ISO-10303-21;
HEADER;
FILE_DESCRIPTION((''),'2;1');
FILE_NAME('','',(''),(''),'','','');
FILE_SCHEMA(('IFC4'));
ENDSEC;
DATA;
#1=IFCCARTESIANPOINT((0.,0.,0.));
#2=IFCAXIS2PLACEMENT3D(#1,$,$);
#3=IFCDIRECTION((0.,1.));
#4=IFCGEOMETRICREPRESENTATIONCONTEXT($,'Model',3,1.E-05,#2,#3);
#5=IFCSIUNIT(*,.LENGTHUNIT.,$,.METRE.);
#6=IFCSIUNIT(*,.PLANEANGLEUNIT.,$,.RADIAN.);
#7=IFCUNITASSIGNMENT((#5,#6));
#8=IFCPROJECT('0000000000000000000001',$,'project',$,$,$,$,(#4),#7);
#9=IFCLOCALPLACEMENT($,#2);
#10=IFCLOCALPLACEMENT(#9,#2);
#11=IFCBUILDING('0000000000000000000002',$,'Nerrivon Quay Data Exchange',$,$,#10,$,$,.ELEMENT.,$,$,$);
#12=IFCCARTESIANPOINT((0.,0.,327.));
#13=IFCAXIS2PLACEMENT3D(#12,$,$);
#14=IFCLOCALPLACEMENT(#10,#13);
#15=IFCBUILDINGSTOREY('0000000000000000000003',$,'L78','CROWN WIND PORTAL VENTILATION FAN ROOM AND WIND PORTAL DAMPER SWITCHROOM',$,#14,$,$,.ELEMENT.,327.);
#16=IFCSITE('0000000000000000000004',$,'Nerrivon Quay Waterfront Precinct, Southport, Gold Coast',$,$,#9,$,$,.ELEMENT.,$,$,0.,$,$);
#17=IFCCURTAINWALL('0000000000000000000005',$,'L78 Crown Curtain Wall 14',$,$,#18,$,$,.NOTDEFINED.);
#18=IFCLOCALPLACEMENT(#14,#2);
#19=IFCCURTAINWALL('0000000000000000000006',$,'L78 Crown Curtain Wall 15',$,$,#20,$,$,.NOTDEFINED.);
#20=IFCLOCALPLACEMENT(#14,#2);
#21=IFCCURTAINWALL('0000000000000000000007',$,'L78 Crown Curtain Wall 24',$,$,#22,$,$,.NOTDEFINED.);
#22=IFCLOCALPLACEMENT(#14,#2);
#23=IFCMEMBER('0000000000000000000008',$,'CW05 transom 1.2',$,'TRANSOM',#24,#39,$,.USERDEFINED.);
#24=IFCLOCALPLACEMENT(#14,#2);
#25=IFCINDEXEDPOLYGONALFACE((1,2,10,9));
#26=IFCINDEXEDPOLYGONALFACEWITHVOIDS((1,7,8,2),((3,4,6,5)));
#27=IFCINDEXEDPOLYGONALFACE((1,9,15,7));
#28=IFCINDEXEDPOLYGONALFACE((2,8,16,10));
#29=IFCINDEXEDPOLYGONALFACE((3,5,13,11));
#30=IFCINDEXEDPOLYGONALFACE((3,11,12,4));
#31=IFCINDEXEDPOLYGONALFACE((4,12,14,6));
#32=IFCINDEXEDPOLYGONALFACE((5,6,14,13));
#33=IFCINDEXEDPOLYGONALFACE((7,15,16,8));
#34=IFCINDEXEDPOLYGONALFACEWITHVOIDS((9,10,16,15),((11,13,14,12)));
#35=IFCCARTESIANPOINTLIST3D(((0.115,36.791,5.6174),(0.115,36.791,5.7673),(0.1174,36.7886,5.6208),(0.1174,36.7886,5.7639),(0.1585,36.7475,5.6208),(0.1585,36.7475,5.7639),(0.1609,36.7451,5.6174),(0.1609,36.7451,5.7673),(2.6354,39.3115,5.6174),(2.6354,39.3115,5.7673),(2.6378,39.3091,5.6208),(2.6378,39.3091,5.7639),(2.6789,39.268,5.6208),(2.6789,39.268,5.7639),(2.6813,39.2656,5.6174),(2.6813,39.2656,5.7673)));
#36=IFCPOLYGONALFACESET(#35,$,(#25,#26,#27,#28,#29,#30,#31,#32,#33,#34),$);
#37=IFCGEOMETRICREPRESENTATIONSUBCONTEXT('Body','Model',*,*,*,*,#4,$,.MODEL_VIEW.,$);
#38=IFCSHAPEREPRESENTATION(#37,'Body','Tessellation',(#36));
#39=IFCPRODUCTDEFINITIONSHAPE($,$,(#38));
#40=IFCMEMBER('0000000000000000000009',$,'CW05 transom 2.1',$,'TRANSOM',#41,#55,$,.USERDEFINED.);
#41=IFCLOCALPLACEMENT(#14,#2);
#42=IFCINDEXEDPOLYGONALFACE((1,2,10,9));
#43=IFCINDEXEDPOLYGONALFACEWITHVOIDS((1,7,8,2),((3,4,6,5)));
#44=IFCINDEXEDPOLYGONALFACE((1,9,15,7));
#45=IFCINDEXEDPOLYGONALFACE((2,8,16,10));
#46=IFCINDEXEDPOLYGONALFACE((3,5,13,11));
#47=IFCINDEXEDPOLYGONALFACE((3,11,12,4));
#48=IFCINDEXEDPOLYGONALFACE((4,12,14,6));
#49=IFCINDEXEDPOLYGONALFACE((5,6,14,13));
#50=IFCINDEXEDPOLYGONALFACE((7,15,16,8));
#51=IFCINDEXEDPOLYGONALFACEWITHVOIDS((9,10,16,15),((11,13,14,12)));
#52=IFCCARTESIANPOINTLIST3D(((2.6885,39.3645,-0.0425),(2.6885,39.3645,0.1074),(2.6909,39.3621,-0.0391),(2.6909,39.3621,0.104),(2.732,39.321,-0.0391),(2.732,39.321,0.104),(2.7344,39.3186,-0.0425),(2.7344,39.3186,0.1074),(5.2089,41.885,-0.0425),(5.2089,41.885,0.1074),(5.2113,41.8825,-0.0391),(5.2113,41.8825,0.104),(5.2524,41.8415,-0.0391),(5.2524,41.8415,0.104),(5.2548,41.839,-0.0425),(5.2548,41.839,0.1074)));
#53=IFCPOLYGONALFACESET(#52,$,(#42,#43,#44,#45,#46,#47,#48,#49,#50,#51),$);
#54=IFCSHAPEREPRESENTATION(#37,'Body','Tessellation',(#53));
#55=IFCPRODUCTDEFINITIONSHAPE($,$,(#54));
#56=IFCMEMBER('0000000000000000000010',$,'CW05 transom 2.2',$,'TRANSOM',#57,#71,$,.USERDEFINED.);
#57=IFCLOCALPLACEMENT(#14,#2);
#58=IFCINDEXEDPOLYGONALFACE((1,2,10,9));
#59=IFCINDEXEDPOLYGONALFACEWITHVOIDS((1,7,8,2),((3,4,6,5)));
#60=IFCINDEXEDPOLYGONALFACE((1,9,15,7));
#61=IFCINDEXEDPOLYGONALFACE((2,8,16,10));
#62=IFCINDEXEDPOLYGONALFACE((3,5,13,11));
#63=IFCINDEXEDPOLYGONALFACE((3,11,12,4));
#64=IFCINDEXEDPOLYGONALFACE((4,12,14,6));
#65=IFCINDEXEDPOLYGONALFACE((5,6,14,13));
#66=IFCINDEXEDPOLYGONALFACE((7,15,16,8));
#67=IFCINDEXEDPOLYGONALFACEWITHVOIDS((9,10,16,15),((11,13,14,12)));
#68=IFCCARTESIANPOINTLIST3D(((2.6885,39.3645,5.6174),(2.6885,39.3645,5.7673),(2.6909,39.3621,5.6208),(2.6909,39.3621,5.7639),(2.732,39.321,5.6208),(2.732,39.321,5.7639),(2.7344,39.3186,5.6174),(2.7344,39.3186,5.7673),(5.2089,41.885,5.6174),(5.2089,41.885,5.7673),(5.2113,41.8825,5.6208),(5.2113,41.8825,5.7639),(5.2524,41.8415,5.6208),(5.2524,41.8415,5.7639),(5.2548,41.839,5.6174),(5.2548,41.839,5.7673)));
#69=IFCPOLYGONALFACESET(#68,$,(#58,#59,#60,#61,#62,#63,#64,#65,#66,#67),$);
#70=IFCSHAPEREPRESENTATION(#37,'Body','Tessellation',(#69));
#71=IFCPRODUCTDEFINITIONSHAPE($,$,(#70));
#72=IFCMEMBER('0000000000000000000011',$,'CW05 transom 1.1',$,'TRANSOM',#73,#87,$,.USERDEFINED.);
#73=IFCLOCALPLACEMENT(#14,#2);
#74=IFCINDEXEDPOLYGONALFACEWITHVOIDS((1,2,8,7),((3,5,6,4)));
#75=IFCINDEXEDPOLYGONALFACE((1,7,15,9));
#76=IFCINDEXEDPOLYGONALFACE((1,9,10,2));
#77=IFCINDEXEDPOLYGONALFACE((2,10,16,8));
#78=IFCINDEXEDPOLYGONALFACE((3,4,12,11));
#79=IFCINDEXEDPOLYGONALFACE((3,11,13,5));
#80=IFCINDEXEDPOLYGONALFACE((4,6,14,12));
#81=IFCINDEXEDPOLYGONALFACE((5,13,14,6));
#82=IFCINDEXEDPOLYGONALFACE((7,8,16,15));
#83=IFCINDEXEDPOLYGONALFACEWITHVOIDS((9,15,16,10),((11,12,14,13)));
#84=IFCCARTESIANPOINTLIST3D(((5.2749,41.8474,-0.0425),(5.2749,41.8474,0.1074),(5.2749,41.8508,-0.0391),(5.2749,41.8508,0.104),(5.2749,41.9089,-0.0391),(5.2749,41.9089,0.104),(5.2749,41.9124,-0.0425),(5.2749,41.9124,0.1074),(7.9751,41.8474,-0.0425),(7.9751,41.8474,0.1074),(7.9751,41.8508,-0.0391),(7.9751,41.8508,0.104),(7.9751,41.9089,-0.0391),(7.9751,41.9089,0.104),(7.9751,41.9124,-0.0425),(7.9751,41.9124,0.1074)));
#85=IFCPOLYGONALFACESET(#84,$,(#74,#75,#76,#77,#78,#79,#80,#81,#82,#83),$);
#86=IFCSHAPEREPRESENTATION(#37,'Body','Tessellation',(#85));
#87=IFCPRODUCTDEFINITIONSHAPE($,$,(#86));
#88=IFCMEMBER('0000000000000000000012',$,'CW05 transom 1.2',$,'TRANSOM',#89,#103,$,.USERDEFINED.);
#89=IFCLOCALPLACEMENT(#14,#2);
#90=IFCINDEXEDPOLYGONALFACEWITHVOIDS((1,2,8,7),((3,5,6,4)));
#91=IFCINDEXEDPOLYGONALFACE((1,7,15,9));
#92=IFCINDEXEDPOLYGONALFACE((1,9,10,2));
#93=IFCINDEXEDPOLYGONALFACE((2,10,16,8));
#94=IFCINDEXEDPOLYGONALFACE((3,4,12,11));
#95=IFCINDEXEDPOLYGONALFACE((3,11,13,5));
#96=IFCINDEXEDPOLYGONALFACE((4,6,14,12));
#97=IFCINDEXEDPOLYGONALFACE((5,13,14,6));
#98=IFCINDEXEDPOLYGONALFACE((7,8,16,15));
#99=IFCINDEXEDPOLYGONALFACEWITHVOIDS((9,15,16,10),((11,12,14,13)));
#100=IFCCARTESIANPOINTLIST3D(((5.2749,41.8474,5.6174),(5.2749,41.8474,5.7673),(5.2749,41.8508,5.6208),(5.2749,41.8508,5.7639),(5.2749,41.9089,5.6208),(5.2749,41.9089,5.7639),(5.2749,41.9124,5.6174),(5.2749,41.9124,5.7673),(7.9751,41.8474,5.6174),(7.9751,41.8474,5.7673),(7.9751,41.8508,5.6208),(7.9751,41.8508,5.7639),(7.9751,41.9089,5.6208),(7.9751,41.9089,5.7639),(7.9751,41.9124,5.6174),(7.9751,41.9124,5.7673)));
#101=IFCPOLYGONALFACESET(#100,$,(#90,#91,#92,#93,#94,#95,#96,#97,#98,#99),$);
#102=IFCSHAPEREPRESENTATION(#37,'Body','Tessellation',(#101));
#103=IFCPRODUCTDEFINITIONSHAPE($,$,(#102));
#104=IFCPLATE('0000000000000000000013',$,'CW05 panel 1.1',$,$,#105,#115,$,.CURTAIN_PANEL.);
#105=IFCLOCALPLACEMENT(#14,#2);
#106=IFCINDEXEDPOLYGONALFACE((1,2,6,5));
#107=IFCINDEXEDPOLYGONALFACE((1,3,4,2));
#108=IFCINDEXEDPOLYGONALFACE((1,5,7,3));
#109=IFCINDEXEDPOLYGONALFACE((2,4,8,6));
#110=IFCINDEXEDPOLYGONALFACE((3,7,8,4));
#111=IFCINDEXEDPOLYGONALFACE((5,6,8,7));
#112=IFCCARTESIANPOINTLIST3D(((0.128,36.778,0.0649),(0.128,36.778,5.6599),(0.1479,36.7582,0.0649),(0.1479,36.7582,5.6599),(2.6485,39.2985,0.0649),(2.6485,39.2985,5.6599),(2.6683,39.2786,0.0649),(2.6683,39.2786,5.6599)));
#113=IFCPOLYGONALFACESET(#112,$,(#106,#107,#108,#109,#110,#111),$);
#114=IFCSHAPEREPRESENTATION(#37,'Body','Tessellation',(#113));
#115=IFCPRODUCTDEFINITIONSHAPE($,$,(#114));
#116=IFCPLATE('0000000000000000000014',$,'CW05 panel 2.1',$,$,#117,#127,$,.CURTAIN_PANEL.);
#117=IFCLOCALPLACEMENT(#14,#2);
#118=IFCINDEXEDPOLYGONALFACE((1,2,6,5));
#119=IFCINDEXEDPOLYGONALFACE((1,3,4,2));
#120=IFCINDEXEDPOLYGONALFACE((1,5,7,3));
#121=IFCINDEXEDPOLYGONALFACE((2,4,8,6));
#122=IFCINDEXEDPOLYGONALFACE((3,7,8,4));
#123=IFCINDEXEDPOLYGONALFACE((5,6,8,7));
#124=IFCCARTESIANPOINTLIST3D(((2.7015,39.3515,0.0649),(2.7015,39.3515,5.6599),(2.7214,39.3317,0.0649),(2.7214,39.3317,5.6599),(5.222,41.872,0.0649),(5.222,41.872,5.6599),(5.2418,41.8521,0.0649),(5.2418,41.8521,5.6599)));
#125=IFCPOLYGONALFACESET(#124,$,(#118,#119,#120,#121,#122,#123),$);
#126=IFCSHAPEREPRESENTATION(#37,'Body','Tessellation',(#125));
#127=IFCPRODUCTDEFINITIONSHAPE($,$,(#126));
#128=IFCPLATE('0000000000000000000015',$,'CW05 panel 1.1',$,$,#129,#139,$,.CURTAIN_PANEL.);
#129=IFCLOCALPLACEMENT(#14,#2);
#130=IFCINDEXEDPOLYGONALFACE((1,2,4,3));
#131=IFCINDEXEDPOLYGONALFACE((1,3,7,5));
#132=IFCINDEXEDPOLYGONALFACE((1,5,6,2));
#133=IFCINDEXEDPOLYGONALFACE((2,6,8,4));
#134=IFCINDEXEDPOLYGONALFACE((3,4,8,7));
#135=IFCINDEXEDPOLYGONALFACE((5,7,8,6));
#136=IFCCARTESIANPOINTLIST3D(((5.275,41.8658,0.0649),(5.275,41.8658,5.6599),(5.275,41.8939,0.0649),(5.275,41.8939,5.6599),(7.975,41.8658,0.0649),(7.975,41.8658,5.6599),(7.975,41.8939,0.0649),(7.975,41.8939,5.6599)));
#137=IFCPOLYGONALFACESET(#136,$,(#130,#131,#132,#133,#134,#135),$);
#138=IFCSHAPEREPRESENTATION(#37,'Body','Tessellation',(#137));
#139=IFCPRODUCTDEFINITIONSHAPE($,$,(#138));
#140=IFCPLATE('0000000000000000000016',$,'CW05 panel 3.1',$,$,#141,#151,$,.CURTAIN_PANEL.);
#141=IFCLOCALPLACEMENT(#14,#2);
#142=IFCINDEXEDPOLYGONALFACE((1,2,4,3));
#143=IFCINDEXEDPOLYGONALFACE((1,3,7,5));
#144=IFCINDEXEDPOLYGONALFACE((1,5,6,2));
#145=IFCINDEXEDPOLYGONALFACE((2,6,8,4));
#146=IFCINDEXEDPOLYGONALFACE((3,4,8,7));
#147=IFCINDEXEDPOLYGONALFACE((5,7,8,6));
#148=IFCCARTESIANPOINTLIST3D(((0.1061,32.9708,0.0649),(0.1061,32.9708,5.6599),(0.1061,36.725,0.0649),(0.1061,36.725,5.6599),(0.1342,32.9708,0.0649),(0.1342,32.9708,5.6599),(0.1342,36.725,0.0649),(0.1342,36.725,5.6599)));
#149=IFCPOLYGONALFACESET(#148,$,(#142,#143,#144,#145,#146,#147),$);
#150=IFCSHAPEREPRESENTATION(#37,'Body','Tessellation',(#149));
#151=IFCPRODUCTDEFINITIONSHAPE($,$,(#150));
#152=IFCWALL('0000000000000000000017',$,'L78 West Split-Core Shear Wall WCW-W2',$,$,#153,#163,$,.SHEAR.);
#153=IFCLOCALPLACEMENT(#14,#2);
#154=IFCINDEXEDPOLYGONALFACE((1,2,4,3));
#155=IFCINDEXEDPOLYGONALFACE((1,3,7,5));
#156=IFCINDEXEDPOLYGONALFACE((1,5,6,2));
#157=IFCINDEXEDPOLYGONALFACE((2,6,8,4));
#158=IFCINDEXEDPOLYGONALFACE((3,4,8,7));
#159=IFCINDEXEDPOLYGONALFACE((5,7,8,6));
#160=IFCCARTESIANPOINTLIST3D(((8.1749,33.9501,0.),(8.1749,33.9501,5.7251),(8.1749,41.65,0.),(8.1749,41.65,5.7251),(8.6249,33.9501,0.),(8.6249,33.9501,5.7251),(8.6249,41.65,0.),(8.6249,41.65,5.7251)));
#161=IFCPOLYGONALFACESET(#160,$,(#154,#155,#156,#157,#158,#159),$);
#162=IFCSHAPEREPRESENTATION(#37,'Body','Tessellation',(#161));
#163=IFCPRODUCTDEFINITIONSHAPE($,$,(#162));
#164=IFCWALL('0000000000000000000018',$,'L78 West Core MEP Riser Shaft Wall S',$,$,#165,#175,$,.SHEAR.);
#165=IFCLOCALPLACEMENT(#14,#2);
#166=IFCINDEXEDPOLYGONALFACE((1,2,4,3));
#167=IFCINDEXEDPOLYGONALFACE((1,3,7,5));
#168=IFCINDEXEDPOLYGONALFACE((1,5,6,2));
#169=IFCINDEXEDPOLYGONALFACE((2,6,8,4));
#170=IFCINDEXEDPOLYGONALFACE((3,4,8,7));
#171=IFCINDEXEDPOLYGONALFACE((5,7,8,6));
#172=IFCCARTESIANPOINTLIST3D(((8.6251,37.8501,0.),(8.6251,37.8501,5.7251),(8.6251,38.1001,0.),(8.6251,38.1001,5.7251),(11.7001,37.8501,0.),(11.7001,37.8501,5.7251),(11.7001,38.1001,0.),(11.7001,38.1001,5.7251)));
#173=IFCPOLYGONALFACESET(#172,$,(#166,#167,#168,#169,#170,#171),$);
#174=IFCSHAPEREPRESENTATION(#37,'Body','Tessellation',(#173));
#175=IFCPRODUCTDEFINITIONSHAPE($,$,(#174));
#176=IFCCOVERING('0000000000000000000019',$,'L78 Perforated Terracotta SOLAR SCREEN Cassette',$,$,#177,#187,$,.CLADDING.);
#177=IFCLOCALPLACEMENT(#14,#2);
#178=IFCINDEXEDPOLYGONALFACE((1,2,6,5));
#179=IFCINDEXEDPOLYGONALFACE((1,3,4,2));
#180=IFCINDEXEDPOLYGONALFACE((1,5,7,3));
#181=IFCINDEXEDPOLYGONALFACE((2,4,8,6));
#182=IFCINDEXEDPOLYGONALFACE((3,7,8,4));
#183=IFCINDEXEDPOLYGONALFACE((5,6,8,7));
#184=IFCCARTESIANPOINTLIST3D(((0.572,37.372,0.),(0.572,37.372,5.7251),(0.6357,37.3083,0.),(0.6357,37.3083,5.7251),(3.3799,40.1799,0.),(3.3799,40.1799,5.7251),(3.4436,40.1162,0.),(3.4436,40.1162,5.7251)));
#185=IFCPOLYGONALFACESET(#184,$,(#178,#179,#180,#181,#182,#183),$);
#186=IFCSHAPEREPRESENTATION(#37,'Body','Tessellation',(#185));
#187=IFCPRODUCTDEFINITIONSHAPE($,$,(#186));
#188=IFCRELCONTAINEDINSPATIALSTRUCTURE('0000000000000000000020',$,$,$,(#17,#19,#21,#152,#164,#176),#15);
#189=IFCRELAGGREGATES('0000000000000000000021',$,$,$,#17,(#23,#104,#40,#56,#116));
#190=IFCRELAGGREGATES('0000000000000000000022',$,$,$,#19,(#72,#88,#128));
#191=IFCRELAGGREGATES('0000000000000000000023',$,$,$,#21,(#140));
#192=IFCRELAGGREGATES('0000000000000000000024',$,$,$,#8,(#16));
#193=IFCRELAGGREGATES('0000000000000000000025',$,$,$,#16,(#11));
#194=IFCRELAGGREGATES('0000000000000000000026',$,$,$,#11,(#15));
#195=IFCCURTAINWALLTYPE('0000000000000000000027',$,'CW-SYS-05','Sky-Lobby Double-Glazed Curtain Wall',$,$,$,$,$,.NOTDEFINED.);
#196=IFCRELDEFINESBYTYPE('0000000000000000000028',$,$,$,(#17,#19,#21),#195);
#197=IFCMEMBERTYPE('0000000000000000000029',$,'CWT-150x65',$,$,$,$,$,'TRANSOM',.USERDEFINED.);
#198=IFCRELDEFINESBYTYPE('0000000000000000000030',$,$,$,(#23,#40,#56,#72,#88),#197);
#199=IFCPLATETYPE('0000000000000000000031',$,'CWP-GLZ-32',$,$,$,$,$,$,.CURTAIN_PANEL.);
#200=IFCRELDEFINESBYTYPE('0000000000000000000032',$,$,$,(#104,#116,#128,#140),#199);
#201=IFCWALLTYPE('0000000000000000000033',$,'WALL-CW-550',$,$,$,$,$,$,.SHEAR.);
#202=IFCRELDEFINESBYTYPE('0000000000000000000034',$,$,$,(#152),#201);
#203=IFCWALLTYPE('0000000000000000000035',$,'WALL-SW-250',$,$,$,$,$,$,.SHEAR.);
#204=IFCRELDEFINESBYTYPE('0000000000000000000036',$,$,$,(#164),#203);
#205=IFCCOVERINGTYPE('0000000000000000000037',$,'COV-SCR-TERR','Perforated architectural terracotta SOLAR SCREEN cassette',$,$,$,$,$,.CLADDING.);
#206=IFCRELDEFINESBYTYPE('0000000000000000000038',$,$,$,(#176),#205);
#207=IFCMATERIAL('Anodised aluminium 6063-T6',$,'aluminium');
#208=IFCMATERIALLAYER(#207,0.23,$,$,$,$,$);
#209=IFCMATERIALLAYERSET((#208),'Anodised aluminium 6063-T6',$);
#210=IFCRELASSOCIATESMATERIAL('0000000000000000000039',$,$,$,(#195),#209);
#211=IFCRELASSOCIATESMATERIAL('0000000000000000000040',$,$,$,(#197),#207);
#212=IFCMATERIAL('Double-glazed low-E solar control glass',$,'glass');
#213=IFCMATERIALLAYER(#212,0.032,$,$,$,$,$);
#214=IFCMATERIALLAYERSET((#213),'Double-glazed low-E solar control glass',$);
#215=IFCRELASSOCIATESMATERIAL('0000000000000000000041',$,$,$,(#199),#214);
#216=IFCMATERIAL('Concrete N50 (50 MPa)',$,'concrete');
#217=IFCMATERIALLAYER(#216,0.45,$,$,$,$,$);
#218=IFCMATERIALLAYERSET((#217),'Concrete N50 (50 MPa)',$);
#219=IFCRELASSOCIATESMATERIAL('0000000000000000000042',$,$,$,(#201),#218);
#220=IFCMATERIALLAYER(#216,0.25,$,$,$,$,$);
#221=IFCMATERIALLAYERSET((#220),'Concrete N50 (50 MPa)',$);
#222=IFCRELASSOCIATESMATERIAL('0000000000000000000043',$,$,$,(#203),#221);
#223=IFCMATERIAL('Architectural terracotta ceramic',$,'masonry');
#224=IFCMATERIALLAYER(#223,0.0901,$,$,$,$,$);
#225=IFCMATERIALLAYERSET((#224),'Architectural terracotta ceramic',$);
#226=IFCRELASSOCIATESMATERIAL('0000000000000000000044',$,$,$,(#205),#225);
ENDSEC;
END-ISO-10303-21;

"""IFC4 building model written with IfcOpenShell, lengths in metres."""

from ifc_helpers import new_model, si_unit, direction, frame, frame_2d, origin, origin_2d, place, context, subcontext, project, spatial, rectangle, hollow_rectangle, extrude, material, layer, layer_set, material_profile, profile_set, type_object, element, aggregate, save


model = new_model("IFC4")

# Units and contexts
model_context = context("Model", 3, precision=1e-05, world=origin(), true_north=direction((0.0, 1.0)))
body_context = subcontext(model_context, "Body", "Model", "MODEL_VIEW")
ifc_project = project(units=[si_unit("LENGTHUNIT", "METRE"), si_unit("PLANEANGLEUNIT", "RADIAN")], contexts=[model_context])

# Site, building, storey
site_placement = place(None, origin())
site = spatial("IfcSite", under=ifc_project, at=site_placement, Name="Nerrivon Quay Waterfront Precinct, Southport, Gold Coast", CompositionType="ELEMENT", RefElevation=0.0)
building_placement = place(site_placement, origin())
building = spatial("IfcBuilding", under=site, at=building_placement, Name="Nerrivon Quay Data Exchange", CompositionType="ELEMENT")
storey_placement = place(building_placement, frame((0.0, 0.0, 327.0)))
storey = spatial("IfcBuildingStorey", under=building, at=storey_placement, Name="L78", Description="CROWN WIND PORTAL VENTILATION FAN ROOM AND WIND PORTAL DAMPER SWITCHROOM", CompositionType="ELEMENT", Elevation=327.0)

# Shared definitions
ifc_material_1 = material(Name="Concrete N50 (50 MPa)", Category="concrete")

# Curtain walls
ifc_material_2 = material(Name="Anodised aluminium 6063-T6", Category="aluminium")
ifc_layer_1 = layer(ifc_material_2, 0.23)
ifc_layer_set_1 = layer_set([ifc_layer_1], Name="Anodised aluminium 6063-T6")
curtain_wall_type = type_object("IfcCurtainWallType", Name="CW-SYS-05", Description="Sky-Lobby Double-Glazed Curtain Wall", PredefinedType="NOTDEFINED", material=ifc_layer_set_1)
curtain_wall_1_placement = place(storey_placement, origin())
curtain_wall_1 = element("IfcCurtainWall", 1, at=curtain_wall_1_placement, inside=storey, type_object=curtain_wall_type, Name="L78 Crown Curtain Wall 14", PredefinedType="NOTDEFINED")
curtain_wall_2_placement = place(storey_placement, origin())
curtain_wall_2 = element("IfcCurtainWall", 2, at=curtain_wall_2_placement, inside=storey, type_object=curtain_wall_type, Name="L78 Crown Curtain Wall 15", PredefinedType="NOTDEFINED")

# Curtain wall
curtain_wall_3_placement = place(storey_placement, origin())
curtain_wall_3 = element("IfcCurtainWall", 3, at=curtain_wall_3_placement, inside=storey, type_object=curtain_wall_type, Name="L78 Crown Curtain Wall 24", PredefinedType="NOTDEFINED")

# Members
ifc_material_profile_1 = material_profile(ifc_material_2, hollow_rectangle(XDim=0.0649, YDim=0.1499, WallThickness=0.0034, at=origin_2d()), Name="ALU-TRAN-150x65")
ifc_profile_set_1 = profile_set([ifc_material_profile_1], Name="Anodised aluminium 6063-T6")
member_type_1 = type_object("IfcMemberType", Name="CWT-150x65", ElementType="TRANSOM", PredefinedType="USERDEFINED", material=ifc_profile_set_1)
member_1_placement = place(storey_placement, frame((0.1379, 36.7681, 5.6924), z_axis=(0.707107, 0.707107, 0.0), x_axis=(-0.707107, 0.707107, 0.0)))
member_1 = element("IfcMember", 4, at=member_1_placement, type_object=member_type_1, Name="CW05 transom 1.2", ObjectType="TRANSOM", PredefinedType="USERDEFINED", context=body_context, shape_type="SweptSolid", body=[
    extrude(hollow_rectangle(XDim=0.0649, YDim=0.1499, WallThickness=0.0034, at=origin_2d()), origin(), (0.0, 0.0, 1.0), 3.5645),
])
member_2_placement = place(storey_placement, frame((2.7114, 39.3416, 0.0325), z_axis=(0.707107, 0.707107, 0.0), x_axis=(-0.707107, 0.707107, 0.0)))
member_2 = element("IfcMember", 5, at=member_2_placement, type_object=member_type_1, Name="CW05 transom 2.1", ObjectType="TRANSOM", PredefinedType="USERDEFINED", context=body_context, shape_type="SweptSolid", body=[
    extrude(hollow_rectangle(XDim=0.0649, YDim=0.1499, WallThickness=0.0034, at=origin_2d()), origin(), (0.0, 0.0, 1.0), 3.5645),
])
member_3_placement = place(storey_placement, frame((2.7114, 39.3416, 5.6924), z_axis=(0.707107, 0.707107, 0.0), x_axis=(-0.707107, 0.707107, 0.0)))
member_3 = element("IfcMember", 6, at=member_3_placement, type_object=member_type_1, Name="CW05 transom 2.2", ObjectType="TRANSOM", PredefinedType="USERDEFINED", context=body_context, shape_type="SweptSolid", body=[
    extrude(hollow_rectangle(XDim=0.0649, YDim=0.1499, WallThickness=0.0034, at=origin_2d()), origin(), (0.0, 0.0, 1.0), 3.5645),
])
member_4_placement = place(storey_placement, frame((5.2749, 41.8799, 0.0325), z_axis=(1.0, 0.0, 0.0), x_axis=(0.0, 1.0, 0.0)))
member_4 = element("IfcMember", 7, at=member_4_placement, type_object=member_type_1, Name="CW05 transom 1.1", ObjectType="TRANSOM", PredefinedType="USERDEFINED", context=body_context, shape_type="SweptSolid", body=[
    extrude(hollow_rectangle(XDim=0.0649, YDim=0.1499, WallThickness=0.0034, at=origin_2d()), origin(), (0.0, 0.0, 1.0), 2.7002),
])
member_5_placement = place(storey_placement, frame((5.2749, 41.8799, 5.6924), z_axis=(1.0, 0.0, 0.0), x_axis=(0.0, 1.0, 0.0)))
member_5 = element("IfcMember", 8, at=member_5_placement, type_object=member_type_1, Name="CW05 transom 1.2", ObjectType="TRANSOM", PredefinedType="USERDEFINED", context=body_context, shape_type="SweptSolid", body=[
    extrude(hollow_rectangle(XDim=0.0649, YDim=0.1499, WallThickness=0.0034, at=origin_2d()), origin(), (0.0, 0.0, 1.0), 2.7002),
])

# Plates
ifc_material_3 = material(Name="Double-glazed low-E solar control glass", Category="glass")
ifc_layer_2 = layer(ifc_material_3, 0.032)
ifc_layer_set_2 = layer_set([ifc_layer_2], Name="Double-glazed low-E solar control glass")
plate_type = type_object("IfcPlateType", Name="CWP-GLZ-32", PredefinedType="CURTAIN_PANEL", material=ifc_layer_set_2)
plate_1_placement = place(storey_placement, frame((1.3982, 38.0283, 0.0649), z_axis=(0.0, 0.0, 1.0), x_axis=(0.707107, 0.707107, 0.0)))
plate_1 = element("IfcPlate", 9, at=plate_1_placement, type_object=plate_type, Name="CW05 panel 1.1", PredefinedType="CURTAIN_PANEL", context=body_context, shape_type="SweptSolid", body=[
    extrude(rectangle(XDim=3.5645, YDim=0.0281, at=origin_2d()), origin(), (0.0, 0.0, 1.0), 5.595),
])
plate_2_placement = place(storey_placement, frame((3.9717, 40.6018, 0.0649), z_axis=(0.0, 0.0, 1.0), x_axis=(0.707107, 0.707107, 0.0)))
plate_2 = element("IfcPlate", 10, at=plate_2_placement, type_object=plate_type, Name="CW05 panel 2.1", PredefinedType="CURTAIN_PANEL", context=body_context, shape_type="SweptSolid", body=[
    extrude(rectangle(XDim=3.5645, YDim=0.0281, at=origin_2d()), origin(), (0.0, 0.0, 1.0), 5.595),
])
aggregate(curtain_wall_1, [member_1, plate_1, member_2, member_3, plate_2])
plate_3_placement = place(storey_placement, frame((6.625, 41.8799, 0.0649), z_axis=(0.0, 0.0, 1.0), x_axis=(1.0, 0.0, 0.0)))
plate_3 = element("IfcPlate", 11, at=plate_3_placement, type_object=plate_type, Name="CW05 panel 1.1", PredefinedType="CURTAIN_PANEL", context=body_context, shape_type="SweptSolid", body=[
    extrude(rectangle(XDim=2.7, YDim=0.0281, at=origin_2d()), origin(), (0.0, 0.0, 1.0), 5.595),
])
aggregate(curtain_wall_2, [member_4, member_5, plate_3])
plate_4_placement = place(storey_placement, frame((0.1201, 34.8479, 0.0649), z_axis=(0.0, 0.0, 1.0), x_axis=(0.0, 1.0, 0.0)))
plate_4 = element("IfcPlate", 12, at=plate_4_placement, type_object=plate_type, Name="CW05 panel 3.1", PredefinedType="CURTAIN_PANEL", context=body_context, shape_type="SweptSolid", body=[
    extrude(rectangle(XDim=3.7542, YDim=0.0281, at=origin_2d()), origin(), (0.0, 0.0, 1.0), 5.595),
])
aggregate(curtain_wall_3, [plate_4])

# Walls
ifc_layer_3 = layer(ifc_material_1, 0.45)
ifc_layer_set_3 = layer_set([ifc_layer_3], Name="Concrete N50 (50 MPa)")
wall_type_1 = type_object("IfcWallType", Name="WALL-CW-550", PredefinedType="SHEAR", material=ifc_layer_set_3)
wall_1_placement = place(storey_placement, frame((8.3999, 33.95, 0.0), z_axis=(0.0, 0.0, 1.0), x_axis=(0.0, 1.0, 0.0)))
element("IfcWall", 13, at=wall_1_placement, inside=storey, type_object=wall_type_1, Name="L78 West Split-Core Shear Wall WCW-W2", PredefinedType="SHEAR", context=body_context, shape_type="SweptSolid", body=[
    extrude(rectangle(XDim=7.7, YDim=0.45, at=frame_2d((3.8501, 0.0))), origin(), (0.0, 0.0, 1.0), 5.7251),
])
ifc_layer_4 = layer(ifc_material_1, 0.25)
ifc_layer_set_4 = layer_set([ifc_layer_4], Name="Concrete N50 (50 MPa)")
wall_type_2 = type_object("IfcWallType", Name="WALL-SW-250", PredefinedType="SHEAR", material=ifc_layer_set_4)
wall_2_placement = place(storey_placement, frame((8.625, 37.9751, 0.0), z_axis=(0.0, 0.0, 1.0), x_axis=(1.0, 0.0, 0.0)))
element("IfcWall", 14, at=wall_2_placement, inside=storey, type_object=wall_type_2, Name="L78 West Core MEP Riser Shaft Wall S", PredefinedType="SHEAR", context=body_context, shape_type="SweptSolid", body=[
    extrude(rectangle(XDim=3.075, YDim=0.25, at=frame_2d((1.5376, 0.0))), origin(), (0.0, 0.0, 1.0), 5.7251),
])

# Covering
ifc_material_4 = material(Name="Architectural terracotta ceramic", Category="masonry")
ifc_layer_5 = layer(ifc_material_4, 0.0901)
ifc_layer_set_5 = layer_set([ifc_layer_5], Name="Architectural terracotta ceramic")
covering_type = type_object("IfcCoveringType", Name="COV-SCR-TERR", Description="Perforated architectural terracotta SOLAR SCREEN cassette", PredefinedType="CLADDING", material=ifc_layer_set_5)
covering_placement = place(storey_placement, frame((2.0078, 38.7441, 0.0), z_axis=(0.0, 0.0, 1.0), x_axis=(0.707107, 0.707107, 0.0)))
element("IfcCovering", 15, at=covering_placement, inside=storey, type_object=covering_type, Name="L78 Perforated Terracotta SOLAR SCREEN Cassette", PredefinedType="CLADDING", context=body_context, shape_type="SweptSolid", body=[
    extrude(rectangle(XDim=3.9709, YDim=0.0901, at=origin_2d()), origin(), (0.0, 0.0, 1.0), 5.7251),
])

save(model, "model.ifc")
